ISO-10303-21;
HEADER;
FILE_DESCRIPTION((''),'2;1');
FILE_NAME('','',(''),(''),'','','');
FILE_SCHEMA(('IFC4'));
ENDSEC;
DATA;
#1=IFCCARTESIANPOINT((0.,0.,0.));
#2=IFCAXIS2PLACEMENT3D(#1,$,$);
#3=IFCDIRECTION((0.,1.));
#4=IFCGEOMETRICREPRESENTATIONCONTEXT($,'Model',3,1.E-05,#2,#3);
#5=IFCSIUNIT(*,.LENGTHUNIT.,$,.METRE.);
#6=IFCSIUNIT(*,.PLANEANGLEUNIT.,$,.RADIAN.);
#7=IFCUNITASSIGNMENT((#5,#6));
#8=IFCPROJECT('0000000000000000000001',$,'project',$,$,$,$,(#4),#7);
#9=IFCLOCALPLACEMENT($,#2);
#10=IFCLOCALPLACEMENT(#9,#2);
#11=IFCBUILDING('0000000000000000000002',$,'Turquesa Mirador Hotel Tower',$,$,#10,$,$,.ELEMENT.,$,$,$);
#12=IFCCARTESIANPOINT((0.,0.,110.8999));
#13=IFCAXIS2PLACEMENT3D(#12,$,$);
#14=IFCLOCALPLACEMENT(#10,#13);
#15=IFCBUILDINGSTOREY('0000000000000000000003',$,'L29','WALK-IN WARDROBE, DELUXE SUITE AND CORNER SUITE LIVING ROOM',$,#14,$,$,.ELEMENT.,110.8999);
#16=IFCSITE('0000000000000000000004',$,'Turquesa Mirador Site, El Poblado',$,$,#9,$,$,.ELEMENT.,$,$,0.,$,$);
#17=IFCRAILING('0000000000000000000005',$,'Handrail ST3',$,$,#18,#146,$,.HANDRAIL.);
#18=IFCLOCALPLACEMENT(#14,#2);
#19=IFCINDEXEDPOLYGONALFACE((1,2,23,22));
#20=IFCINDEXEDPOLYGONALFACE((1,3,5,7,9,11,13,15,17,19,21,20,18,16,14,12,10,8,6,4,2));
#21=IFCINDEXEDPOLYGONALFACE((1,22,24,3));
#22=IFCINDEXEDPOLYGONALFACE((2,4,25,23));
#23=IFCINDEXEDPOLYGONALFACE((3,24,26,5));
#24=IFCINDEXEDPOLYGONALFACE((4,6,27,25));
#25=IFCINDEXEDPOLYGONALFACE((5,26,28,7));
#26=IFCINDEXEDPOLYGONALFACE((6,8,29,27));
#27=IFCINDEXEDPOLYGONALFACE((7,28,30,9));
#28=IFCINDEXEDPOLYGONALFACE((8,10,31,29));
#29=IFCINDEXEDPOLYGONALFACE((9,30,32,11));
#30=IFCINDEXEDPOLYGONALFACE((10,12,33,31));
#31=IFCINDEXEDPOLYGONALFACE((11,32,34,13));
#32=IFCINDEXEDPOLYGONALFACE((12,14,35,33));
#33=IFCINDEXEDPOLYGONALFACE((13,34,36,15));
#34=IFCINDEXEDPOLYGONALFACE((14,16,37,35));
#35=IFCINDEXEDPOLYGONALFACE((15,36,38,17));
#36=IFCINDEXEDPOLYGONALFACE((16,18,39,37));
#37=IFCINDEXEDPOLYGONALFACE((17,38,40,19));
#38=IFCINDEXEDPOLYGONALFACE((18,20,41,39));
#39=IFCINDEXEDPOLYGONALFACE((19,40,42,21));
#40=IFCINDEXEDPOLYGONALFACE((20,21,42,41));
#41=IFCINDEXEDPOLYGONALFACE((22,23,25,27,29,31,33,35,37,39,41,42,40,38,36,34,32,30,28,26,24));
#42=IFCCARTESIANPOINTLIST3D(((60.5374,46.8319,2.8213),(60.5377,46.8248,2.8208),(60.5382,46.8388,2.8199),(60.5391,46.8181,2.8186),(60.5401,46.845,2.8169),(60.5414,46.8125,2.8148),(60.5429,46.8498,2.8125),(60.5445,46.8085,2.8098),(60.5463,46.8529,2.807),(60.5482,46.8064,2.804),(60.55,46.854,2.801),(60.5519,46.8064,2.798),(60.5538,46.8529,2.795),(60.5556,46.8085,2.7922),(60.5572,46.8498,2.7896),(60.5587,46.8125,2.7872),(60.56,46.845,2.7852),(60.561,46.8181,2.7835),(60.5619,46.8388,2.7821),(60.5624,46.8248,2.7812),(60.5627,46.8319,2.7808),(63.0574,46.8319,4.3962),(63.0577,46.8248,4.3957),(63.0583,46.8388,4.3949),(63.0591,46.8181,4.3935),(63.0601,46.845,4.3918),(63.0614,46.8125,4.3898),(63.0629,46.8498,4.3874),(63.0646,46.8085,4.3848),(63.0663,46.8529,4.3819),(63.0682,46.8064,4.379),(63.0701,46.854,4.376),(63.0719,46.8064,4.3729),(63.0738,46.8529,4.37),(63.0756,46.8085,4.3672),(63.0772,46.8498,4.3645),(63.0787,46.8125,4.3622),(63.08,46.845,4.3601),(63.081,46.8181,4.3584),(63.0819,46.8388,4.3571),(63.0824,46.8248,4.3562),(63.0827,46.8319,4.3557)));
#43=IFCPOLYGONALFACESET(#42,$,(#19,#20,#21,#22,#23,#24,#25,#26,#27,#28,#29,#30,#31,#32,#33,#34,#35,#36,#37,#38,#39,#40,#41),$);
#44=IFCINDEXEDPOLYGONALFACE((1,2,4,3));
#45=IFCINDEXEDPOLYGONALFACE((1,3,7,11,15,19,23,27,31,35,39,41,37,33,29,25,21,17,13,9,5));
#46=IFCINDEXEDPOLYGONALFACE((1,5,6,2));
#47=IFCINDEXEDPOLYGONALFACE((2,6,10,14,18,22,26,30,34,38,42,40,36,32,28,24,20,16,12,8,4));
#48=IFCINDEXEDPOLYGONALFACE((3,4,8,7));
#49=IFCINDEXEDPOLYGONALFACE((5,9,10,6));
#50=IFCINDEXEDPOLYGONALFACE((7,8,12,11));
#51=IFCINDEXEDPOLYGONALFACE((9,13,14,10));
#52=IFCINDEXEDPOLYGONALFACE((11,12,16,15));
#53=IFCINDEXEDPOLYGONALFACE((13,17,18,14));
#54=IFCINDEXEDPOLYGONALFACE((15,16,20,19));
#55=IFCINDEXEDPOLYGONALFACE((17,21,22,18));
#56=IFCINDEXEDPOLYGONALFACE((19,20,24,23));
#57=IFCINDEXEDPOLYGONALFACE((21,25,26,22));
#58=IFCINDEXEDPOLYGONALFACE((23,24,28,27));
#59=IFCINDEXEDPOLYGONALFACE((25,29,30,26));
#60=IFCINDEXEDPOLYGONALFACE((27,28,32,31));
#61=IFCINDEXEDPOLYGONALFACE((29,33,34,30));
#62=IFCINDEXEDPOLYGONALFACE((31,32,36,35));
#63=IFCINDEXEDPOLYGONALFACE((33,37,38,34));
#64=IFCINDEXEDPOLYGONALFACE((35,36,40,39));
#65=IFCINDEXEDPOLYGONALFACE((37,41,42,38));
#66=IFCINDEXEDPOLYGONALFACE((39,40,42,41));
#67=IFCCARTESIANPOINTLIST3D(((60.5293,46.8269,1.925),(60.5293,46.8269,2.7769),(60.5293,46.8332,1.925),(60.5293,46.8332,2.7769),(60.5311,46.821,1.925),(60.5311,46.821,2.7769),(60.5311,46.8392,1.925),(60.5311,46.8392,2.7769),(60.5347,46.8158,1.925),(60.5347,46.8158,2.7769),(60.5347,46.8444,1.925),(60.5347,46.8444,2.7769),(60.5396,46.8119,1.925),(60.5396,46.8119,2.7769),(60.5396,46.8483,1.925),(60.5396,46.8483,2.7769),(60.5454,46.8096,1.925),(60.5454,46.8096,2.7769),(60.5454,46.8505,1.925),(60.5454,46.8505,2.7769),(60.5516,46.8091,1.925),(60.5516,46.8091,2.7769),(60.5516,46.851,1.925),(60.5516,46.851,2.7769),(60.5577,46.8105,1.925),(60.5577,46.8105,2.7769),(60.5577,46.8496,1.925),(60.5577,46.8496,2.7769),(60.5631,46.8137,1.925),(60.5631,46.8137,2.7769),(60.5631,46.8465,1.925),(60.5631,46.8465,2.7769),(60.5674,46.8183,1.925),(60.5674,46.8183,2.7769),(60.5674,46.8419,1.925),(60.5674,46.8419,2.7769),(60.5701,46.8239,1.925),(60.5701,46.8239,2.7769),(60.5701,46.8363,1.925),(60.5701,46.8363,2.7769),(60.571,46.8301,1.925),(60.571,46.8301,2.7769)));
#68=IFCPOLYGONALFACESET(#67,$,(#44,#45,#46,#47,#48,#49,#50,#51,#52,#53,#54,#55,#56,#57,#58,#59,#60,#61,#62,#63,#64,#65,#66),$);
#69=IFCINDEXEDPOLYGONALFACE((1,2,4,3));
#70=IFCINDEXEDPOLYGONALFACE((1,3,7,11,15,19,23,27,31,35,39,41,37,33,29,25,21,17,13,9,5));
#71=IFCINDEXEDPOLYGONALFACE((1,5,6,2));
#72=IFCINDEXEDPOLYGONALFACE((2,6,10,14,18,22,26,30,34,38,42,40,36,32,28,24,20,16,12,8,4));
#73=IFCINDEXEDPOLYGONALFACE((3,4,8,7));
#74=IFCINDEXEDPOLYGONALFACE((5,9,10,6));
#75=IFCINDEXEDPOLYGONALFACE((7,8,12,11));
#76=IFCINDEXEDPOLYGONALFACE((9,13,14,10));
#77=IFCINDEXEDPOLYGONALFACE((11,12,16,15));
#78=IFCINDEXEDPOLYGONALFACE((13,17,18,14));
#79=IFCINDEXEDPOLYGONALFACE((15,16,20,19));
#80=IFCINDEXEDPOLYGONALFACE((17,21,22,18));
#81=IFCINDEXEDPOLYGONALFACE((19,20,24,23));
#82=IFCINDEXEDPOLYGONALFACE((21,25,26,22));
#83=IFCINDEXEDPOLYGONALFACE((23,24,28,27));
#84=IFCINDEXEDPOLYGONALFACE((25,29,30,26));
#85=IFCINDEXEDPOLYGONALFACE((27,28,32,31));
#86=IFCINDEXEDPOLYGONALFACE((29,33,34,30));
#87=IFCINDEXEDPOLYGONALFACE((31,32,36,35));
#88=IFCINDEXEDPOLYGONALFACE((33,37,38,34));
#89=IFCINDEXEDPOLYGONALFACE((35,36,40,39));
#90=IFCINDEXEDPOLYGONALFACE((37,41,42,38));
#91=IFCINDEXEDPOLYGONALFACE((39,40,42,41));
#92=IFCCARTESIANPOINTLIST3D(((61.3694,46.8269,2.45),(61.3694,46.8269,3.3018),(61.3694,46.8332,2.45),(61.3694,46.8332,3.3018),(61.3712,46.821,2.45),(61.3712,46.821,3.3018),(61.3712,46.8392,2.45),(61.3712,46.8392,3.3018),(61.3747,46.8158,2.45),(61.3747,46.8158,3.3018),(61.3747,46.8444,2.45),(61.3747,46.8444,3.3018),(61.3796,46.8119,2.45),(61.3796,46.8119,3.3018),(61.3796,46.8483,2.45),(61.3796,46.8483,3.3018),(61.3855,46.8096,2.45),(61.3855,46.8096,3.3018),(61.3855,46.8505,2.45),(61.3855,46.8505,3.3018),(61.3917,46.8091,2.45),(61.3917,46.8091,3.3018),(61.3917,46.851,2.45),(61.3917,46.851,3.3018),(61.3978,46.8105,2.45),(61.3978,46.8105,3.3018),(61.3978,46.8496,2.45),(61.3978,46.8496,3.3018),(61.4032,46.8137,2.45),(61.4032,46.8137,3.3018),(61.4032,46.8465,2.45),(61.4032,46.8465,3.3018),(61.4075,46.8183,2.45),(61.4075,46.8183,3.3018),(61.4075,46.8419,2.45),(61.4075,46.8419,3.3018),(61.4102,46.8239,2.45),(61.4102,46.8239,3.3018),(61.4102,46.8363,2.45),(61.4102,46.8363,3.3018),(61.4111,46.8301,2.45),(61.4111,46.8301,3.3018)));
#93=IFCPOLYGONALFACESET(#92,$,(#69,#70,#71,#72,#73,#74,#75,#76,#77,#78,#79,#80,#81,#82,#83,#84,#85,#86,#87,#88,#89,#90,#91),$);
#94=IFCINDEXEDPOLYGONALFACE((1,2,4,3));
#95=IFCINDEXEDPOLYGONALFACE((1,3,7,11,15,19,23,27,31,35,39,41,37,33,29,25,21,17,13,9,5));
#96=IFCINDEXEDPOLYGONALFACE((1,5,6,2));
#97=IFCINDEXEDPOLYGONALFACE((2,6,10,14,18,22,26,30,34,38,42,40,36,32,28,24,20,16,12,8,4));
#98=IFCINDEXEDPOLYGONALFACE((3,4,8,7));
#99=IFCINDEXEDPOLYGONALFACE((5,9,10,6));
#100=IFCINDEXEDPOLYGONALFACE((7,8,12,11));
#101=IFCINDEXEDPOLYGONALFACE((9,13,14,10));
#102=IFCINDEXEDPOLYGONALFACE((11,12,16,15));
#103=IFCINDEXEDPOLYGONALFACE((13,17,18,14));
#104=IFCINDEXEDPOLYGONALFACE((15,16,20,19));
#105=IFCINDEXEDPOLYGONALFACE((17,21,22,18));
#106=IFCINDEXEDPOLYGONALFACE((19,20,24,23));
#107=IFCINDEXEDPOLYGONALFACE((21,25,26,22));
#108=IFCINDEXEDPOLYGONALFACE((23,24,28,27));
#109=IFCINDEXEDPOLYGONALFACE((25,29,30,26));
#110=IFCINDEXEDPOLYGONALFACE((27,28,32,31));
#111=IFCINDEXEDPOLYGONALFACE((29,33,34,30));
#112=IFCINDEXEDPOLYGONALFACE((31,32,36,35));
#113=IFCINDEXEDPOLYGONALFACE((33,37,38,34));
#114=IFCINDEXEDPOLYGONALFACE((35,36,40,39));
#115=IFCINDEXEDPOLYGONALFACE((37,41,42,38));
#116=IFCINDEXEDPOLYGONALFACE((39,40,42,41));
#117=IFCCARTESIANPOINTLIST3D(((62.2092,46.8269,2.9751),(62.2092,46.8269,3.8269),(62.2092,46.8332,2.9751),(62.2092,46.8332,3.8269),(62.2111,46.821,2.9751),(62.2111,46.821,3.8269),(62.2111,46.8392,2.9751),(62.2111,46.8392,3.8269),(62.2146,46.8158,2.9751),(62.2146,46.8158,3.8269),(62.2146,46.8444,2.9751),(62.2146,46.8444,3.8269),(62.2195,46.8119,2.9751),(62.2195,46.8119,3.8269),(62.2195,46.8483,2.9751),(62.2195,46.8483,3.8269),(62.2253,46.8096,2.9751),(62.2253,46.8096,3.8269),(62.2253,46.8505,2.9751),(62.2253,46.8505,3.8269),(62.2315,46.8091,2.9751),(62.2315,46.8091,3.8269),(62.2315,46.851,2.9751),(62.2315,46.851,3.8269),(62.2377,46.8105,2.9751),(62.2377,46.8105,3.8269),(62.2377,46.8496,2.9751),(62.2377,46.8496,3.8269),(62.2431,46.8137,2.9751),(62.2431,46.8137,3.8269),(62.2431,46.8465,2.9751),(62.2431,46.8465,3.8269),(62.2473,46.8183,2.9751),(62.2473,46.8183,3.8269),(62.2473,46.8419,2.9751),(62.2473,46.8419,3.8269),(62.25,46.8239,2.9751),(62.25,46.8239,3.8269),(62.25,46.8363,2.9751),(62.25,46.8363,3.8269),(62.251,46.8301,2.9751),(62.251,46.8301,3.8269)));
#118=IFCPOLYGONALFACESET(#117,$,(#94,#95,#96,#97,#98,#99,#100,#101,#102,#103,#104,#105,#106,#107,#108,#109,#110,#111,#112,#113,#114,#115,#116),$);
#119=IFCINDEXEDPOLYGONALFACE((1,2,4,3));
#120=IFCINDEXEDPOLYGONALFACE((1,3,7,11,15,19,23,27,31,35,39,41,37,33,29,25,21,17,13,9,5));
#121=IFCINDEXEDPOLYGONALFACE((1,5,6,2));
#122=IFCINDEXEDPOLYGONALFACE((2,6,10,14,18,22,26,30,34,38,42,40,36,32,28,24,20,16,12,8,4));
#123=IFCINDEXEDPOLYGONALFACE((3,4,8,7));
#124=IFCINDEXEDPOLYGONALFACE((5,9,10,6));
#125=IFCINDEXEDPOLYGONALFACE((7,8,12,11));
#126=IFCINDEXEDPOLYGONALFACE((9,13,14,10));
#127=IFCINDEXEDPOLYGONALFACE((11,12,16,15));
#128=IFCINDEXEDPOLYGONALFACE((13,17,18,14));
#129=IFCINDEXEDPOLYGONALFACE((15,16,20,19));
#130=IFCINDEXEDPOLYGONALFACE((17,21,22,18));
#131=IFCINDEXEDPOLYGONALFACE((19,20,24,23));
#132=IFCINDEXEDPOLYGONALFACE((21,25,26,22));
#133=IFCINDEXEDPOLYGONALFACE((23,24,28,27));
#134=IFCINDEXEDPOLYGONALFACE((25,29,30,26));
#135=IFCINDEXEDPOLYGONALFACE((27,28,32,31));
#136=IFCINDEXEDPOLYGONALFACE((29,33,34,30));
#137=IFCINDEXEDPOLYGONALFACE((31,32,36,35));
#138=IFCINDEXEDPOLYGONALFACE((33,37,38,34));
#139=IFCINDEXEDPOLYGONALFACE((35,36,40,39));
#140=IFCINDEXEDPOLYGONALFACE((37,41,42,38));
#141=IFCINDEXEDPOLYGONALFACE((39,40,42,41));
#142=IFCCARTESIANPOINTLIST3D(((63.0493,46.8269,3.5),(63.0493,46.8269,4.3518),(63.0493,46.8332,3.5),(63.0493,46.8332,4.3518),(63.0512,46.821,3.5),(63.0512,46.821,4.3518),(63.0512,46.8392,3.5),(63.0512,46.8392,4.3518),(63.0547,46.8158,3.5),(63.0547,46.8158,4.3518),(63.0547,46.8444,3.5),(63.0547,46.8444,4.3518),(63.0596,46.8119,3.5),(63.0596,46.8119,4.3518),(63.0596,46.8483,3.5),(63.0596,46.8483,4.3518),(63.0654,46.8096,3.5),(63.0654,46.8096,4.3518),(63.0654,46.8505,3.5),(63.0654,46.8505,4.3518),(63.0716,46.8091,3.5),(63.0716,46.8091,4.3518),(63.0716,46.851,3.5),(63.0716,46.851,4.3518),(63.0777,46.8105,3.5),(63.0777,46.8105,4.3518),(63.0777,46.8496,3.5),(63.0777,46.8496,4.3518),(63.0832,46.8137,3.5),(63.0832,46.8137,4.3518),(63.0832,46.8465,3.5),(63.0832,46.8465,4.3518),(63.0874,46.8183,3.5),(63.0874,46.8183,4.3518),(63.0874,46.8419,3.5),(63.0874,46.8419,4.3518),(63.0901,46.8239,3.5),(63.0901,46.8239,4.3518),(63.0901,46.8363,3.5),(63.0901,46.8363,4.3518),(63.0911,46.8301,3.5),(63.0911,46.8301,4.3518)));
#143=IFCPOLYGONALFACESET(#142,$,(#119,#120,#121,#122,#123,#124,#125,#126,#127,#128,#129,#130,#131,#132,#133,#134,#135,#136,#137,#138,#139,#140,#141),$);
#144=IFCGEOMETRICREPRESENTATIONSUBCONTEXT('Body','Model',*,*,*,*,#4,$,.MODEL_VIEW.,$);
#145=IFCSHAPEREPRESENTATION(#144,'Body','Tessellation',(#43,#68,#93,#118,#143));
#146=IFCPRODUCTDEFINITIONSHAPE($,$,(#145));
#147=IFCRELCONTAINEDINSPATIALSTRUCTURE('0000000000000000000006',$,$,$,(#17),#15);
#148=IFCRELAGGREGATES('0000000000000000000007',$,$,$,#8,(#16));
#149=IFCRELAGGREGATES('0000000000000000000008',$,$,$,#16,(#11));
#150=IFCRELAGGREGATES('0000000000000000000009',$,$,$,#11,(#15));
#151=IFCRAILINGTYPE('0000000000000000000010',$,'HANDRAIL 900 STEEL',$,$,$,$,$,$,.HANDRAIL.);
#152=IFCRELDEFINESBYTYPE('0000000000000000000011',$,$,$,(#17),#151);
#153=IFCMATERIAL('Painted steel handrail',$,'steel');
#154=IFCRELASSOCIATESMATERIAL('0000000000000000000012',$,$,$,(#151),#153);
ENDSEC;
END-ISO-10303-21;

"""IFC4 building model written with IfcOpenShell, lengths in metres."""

from ifc_helpers import new_model, si_unit, direction, frame, origin, origin_2d, place, context, subcontext, project, spatial, circle, extrude, material, type_object, element, save


model = new_model("IFC4")

# Units and contexts
model_context = context("Model", 3, precision=1e-05, world=origin(), true_north=direction((0.0, 1.0)))
body_context = subcontext(model_context, "Body", "Model", "MODEL_VIEW")
ifc_project = project(units=[si_unit("LENGTHUNIT", "METRE"), si_unit("PLANEANGLEUNIT", "RADIAN")], contexts=[model_context])

# Site, building, storey
site_placement = place(None, origin())
site = spatial("IfcSite", under=ifc_project, at=site_placement, Name="Turquesa Mirador Site, El Poblado", CompositionType="ELEMENT", RefElevation=0.0)
building_placement = place(site_placement, origin())
building = spatial("IfcBuilding", under=site, at=building_placement, Name="Turquesa Mirador Hotel Tower", CompositionType="ELEMENT")
storey_placement = place(building_placement, frame((0.0, 0.0, 110.8999)))
storey = spatial("IfcBuildingStorey", under=building, at=storey_placement, Name="L29", Description="WALK-IN WARDROBE, DELUXE SUITE AND CORNER SUITE LIVING ROOM", CompositionType="ELEMENT", Elevation=110.8999)

# Railing
ifc_material_1 = material(Name="Painted steel handrail", Category="steel")
railing_type = type_object("IfcRailingType", Name="HANDRAIL 900 STEEL", PredefinedType="HANDRAIL", material=ifc_material_1)
railing_1_placement = place(storey_placement, frame((60.55, 46.8301, 1.925)))
element("IfcRailing", 1, at=railing_1_placement, inside=storey, type_object=railing_type, Name="Handrail ST3", PredefinedType="HANDRAIL", context=body_context, shape_type="SweptSolid", body=[
    extrude(circle(Radius=0.0239, at=origin_2d()), frame((0.0, 0.0, 0.876), z_axis=(0.848008, 0.0, 0.529984), x_axis=(0.0, 1.0, 0.0)), (0.0, 0.0, 1.0), 2.9717),
    extrude(circle(Radius=0.021, at=origin_2d()), origin(), (0.0, 0.0, 1.0), 0.8518),
    extrude(circle(Radius=0.021, at=origin_2d()), frame((0.8401, 0.0, 0.5249)), (0.0, 0.0, 1.0), 0.8518),
    extrude(circle(Radius=0.021, at=origin_2d()), frame((1.6799, 0.0, 1.05)), (0.0, 0.0, 1.0), 0.8518),
    extrude(circle(Radius=0.021, at=origin_2d()), frame((2.52, 0.0, 1.575)), (0.0, 0.0, 1.0), 0.8518),
])

save(model, "model.ifc")
